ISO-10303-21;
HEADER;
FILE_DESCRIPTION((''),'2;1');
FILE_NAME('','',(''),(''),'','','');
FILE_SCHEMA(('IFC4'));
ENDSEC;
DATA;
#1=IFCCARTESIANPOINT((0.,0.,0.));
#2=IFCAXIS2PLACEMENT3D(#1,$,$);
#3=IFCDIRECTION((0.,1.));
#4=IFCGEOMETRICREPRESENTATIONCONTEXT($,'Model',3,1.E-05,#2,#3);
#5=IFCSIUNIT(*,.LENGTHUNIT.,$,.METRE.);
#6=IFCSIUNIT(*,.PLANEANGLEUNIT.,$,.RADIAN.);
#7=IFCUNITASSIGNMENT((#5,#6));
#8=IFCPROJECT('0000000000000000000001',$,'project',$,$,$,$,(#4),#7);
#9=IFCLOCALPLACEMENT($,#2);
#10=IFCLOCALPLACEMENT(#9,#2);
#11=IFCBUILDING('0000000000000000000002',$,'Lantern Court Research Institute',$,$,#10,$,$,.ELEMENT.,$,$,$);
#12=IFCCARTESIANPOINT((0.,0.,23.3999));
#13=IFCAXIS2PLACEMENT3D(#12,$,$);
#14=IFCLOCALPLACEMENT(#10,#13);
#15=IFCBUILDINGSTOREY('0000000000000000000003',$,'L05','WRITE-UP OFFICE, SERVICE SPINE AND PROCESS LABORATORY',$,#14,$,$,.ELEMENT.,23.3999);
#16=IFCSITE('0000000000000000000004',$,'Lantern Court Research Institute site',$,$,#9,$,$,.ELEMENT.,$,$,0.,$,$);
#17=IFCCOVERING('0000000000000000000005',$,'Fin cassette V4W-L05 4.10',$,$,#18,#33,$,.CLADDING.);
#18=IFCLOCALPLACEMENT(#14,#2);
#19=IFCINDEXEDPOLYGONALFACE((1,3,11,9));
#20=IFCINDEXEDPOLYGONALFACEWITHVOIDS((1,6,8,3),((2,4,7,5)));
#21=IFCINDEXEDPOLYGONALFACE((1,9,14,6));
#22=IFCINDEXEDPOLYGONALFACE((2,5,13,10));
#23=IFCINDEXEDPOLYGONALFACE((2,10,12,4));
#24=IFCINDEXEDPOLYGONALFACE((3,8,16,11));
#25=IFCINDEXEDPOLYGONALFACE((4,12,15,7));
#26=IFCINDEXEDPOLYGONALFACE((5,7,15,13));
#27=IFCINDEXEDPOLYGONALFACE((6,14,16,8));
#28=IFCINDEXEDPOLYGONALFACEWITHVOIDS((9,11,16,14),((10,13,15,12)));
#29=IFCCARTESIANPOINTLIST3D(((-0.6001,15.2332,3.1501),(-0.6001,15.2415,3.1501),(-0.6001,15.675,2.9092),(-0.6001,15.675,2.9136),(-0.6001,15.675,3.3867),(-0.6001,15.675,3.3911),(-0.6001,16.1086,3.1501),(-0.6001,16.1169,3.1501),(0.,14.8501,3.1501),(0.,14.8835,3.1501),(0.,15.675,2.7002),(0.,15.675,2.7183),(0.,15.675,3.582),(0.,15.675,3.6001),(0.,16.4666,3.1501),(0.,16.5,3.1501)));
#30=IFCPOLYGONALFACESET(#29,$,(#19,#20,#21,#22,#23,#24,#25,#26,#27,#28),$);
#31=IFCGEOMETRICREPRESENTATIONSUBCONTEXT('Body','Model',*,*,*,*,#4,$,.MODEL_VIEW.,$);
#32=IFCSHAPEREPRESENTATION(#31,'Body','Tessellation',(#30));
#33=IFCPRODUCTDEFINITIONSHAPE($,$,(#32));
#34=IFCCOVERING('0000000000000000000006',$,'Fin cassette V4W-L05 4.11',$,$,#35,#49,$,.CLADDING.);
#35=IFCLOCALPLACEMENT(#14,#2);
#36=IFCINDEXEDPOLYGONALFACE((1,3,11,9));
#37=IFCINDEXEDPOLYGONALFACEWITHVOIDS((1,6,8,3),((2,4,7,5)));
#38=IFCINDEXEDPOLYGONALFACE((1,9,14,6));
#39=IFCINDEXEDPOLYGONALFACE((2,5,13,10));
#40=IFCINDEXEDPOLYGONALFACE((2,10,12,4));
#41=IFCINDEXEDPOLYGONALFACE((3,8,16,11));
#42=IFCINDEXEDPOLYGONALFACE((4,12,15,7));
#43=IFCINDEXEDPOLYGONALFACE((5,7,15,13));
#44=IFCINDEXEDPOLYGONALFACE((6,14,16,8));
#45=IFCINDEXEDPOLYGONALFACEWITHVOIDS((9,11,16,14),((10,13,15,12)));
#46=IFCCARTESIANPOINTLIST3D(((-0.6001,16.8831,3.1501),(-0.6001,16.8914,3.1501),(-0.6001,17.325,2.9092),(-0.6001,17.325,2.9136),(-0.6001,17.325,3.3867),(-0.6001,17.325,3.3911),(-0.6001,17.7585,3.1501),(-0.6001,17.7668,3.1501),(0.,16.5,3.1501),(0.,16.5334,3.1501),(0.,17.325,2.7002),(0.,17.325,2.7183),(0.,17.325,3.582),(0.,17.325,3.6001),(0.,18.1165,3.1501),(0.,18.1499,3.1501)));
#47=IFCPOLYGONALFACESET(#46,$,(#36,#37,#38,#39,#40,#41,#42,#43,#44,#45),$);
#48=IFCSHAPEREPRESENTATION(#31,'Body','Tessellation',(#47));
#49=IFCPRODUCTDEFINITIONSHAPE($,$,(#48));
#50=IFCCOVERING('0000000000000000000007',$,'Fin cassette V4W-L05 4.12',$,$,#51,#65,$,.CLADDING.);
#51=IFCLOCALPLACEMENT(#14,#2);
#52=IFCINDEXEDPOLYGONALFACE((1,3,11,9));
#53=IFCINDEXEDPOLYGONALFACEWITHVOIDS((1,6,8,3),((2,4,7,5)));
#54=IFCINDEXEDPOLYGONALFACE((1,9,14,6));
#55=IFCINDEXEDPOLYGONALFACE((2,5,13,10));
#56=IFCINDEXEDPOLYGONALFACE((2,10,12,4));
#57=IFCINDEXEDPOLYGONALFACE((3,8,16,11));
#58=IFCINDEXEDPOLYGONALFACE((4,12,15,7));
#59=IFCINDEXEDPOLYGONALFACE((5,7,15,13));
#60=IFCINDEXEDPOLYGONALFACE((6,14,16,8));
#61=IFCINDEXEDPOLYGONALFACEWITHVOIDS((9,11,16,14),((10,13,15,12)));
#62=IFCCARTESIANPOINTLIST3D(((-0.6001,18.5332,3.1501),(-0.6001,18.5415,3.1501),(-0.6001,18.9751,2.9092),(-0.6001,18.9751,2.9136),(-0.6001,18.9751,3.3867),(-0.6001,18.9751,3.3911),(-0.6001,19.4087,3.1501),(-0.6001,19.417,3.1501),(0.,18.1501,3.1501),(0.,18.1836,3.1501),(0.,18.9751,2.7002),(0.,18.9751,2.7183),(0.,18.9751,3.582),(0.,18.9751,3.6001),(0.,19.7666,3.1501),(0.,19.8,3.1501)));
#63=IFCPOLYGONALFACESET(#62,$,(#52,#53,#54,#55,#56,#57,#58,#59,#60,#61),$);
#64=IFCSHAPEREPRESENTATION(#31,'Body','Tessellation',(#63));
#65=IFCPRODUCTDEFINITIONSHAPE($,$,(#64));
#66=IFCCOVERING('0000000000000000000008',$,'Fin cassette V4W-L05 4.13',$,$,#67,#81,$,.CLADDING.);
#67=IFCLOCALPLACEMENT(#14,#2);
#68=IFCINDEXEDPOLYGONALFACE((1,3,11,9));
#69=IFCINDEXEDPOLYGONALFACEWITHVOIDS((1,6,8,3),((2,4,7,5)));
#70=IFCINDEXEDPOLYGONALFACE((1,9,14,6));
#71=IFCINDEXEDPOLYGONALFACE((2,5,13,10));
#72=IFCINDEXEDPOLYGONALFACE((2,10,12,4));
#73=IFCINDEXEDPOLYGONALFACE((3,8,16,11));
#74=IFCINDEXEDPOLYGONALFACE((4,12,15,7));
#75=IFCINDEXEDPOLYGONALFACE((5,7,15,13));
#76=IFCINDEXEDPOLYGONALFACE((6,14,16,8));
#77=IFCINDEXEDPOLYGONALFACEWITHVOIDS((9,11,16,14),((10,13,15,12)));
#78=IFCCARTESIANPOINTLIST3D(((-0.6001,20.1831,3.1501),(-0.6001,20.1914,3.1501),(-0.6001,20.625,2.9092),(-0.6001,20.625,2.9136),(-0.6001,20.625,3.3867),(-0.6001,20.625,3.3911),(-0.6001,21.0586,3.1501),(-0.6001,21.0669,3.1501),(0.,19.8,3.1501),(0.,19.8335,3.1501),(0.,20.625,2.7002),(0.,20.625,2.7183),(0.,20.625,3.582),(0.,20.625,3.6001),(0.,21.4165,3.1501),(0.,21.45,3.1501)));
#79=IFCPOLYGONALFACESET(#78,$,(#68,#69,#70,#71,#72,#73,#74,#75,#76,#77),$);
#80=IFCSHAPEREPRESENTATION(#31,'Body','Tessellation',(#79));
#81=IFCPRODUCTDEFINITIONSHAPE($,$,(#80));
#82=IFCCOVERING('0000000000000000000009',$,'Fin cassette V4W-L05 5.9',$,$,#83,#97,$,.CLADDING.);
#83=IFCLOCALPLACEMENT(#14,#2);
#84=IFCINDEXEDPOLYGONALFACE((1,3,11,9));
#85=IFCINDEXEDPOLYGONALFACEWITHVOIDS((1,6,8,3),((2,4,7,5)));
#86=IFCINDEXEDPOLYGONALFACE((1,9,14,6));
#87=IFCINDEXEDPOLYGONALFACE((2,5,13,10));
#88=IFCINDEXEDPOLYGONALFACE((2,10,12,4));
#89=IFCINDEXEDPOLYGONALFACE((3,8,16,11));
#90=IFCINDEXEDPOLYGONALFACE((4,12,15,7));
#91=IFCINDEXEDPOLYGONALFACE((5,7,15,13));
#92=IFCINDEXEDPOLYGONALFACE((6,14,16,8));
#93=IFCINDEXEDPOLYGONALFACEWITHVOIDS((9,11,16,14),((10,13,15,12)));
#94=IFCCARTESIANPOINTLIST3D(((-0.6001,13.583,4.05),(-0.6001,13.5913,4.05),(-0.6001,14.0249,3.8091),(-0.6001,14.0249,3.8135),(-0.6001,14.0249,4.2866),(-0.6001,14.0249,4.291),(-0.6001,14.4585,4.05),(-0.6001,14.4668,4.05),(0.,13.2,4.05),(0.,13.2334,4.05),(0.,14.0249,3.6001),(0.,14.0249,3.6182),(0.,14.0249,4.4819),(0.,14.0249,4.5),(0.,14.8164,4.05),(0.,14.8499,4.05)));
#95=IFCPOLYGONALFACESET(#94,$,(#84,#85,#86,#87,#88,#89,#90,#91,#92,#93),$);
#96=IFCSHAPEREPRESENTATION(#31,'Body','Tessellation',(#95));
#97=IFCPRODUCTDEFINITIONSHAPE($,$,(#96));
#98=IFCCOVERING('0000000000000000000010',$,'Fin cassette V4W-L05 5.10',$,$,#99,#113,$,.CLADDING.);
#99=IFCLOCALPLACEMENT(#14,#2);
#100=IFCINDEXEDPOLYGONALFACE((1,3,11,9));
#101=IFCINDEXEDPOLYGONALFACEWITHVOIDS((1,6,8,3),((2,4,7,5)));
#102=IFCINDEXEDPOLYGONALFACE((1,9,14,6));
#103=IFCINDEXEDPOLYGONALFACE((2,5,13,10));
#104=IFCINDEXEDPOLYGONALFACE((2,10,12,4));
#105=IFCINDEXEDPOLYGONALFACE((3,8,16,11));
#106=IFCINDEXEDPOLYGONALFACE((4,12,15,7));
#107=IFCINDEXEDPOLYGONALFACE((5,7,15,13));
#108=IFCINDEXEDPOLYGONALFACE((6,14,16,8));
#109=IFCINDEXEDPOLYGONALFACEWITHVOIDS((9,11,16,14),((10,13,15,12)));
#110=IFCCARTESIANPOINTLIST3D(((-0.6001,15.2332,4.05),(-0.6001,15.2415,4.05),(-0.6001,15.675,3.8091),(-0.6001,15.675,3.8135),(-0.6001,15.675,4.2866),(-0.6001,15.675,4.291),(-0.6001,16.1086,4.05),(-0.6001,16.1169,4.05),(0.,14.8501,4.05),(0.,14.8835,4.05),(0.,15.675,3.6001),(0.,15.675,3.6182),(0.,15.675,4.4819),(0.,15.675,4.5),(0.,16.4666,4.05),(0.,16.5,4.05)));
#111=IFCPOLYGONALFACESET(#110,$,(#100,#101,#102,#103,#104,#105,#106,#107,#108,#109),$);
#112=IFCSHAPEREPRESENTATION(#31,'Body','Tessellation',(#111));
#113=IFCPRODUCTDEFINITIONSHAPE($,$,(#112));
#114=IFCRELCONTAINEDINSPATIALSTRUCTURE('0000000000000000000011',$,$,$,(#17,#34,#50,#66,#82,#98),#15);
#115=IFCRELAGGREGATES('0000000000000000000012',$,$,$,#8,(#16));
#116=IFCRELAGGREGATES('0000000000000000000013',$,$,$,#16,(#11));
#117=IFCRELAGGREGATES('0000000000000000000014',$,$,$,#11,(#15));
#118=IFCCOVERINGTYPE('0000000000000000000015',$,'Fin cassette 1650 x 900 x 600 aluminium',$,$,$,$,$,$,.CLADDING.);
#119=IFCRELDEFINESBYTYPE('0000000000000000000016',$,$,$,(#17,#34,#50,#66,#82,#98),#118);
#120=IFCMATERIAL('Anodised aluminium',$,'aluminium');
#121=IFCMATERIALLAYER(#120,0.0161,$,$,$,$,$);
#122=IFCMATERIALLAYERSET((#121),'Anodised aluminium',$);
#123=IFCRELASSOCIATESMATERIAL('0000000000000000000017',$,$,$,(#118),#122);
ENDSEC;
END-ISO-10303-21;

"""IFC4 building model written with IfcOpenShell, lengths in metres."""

from ifc_helpers import new_model, entity, si_unit, direction, frame, origin, place, context, subcontext, project, spatial, material, layer, layer_set, type_object, element, save


model = new_model("IFC4")

# Units and contexts
model_context = context("Model", 3, precision=1e-05, world=origin(), true_north=direction((0.0, 1.0)))
body_context = subcontext(model_context, "Body", "Model", "MODEL_VIEW")
ifc_project = project(units=[si_unit("LENGTHUNIT", "METRE"), si_unit("PLANEANGLEUNIT", "RADIAN")], contexts=[model_context])

# Site, building, storey
site_placement = place(None, origin())
site = spatial("IfcSite", under=ifc_project, at=site_placement, Name="Lantern Court Research Institute site", CompositionType="ELEMENT", RefElevation=0.0)
building_placement = place(site_placement, origin())
building = spatial("IfcBuilding", under=site, at=building_placement, Name="Lantern Court Research Institute", CompositionType="ELEMENT")
storey_placement = place(building_placement, frame((0.0, 0.0, 23.3999)))
storey = spatial("IfcBuildingStorey", under=building, at=storey_placement, Name="L05", Description="WRITE-UP OFFICE, SERVICE SPINE AND PROCESS LABORATORY", CompositionType="ELEMENT", Elevation=23.3999)

# Coverings
ifc_material_1 = material(Name="Anodised aluminium", Category="aluminium")
ifc_layer_1 = layer(ifc_material_1, 0.0161)
ifc_layer_set_1 = layer_set([ifc_layer_1], Name="Anodised aluminium")
covering_type = type_object("IfcCoveringType", Name="Fin cassette 1650 x 900 x 600 aluminium", PredefinedType="CLADDING", material=ifc_layer_set_1)
covering_1_placement = place(storey_placement, frame((0.0, 15.675, 3.1501), z_axis=(-1.0, 0.0, 0.0), x_axis=(0.0, -1.0, 0.0)))
cartesian_point_1 = entity("IfcCartesianPoint", [0.825, 0.0])
cartesian_point_2 = entity("IfcCartesianPoint", [0.7915, 0.0])
cartesian_point_3 = entity("IfcCartesianPoint", [0.4419, 0.0])
cartesian_point_4 = entity("IfcCartesianPoint", [0.4336, 0.0])
element("IfcCovering", 1, at=covering_1_placement, inside=storey, type_object=covering_type, Name="Fin cassette V4W-L05 4.10", PredefinedType="CLADDING", context=body_context, shape_type="SweptSolid", body=[
    entity("IfcExtrudedAreaSolidTapered", entity("IfcArbitraryProfileDefWithVoids", "AREA", None, entity("IfcPolyline", [cartesian_point_1, entity("IfcCartesianPoint", [0.0, 0.45]), entity("IfcCartesianPoint", [-0.825, 0.0]), entity("IfcCartesianPoint", [0.0, -0.45]), cartesian_point_1]), [entity("IfcPolyline", [cartesian_point_2, entity("IfcCartesianPoint", [0.0, 0.4319]), entity("IfcCartesianPoint", [-0.7915, 0.0]), entity("IfcCartesianPoint", [0.0, -0.4319]), cartesian_point_2])]), entity("IfcAxis2Placement3D", entity("IfcCartesianPoint", [0.0, 0.0, 0.0])), entity("IfcDirection", [0.0, 0.0, 1.0]), 0.6001, entity("IfcArbitraryProfileDefWithVoids", "AREA", None, entity("IfcPolyline", [cartesian_point_3, entity("IfcCartesianPoint", [0.0, 0.241]), entity("IfcCartesianPoint", [-0.4419, 0.0]), entity("IfcCartesianPoint", [0.0, -0.241]), cartesian_point_3]), [entity("IfcPolyline", [cartesian_point_4, entity("IfcCartesianPoint", [0.0, 0.2366]), entity("IfcCartesianPoint", [-0.4336, 0.0]), entity("IfcCartesianPoint", [0.0, -0.2366]), cartesian_point_4])])),
])
covering_2_placement = place(storey_placement, frame((0.0, 17.325, 3.1501), z_axis=(-1.0, 0.0, 0.0), x_axis=(0.0, -1.0, 0.0)))
cartesian_point_5 = entity("IfcCartesianPoint", [0.825, 0.0])
cartesian_point_6 = entity("IfcCartesianPoint", [0.7915, 0.0])
cartesian_point_7 = entity("IfcCartesianPoint", [0.4419, 0.0])
cartesian_point_8 = entity("IfcCartesianPoint", [0.4336, 0.0])
element("IfcCovering", 2, at=covering_2_placement, inside=storey, type_object=covering_type, Name="Fin cassette V4W-L05 4.11", PredefinedType="CLADDING", context=body_context, shape_type="SweptSolid", body=[
    entity("IfcExtrudedAreaSolidTapered", entity("IfcArbitraryProfileDefWithVoids", "AREA", None, entity("IfcPolyline", [cartesian_point_5, entity("IfcCartesianPoint", [0.0, 0.45]), entity("IfcCartesianPoint", [-0.825, 0.0]), entity("IfcCartesianPoint", [0.0, -0.45]), cartesian_point_5]), [entity("IfcPolyline", [cartesian_point_6, entity("IfcCartesianPoint", [0.0, 0.4319]), entity("IfcCartesianPoint", [-0.7915, 0.0]), entity("IfcCartesianPoint", [0.0, -0.4319]), cartesian_point_6])]), entity("IfcAxis2Placement3D", entity("IfcCartesianPoint", [0.0, 0.0, 0.0])), entity("IfcDirection", [0.0, 0.0, 1.0]), 0.6001, entity("IfcArbitraryProfileDefWithVoids", "AREA", None, entity("IfcPolyline", [cartesian_point_7, entity("IfcCartesianPoint", [0.0, 0.241]), entity("IfcCartesianPoint", [-0.4419, 0.0]), entity("IfcCartesianPoint", [0.0, -0.241]), cartesian_point_7]), [entity("IfcPolyline", [cartesian_point_8, entity("IfcCartesianPoint", [0.0, 0.2366]), entity("IfcCartesianPoint", [-0.4336, 0.0]), entity("IfcCartesianPoint", [0.0, -0.2366]), cartesian_point_8])])),
])
covering_3_placement = place(storey_placement, frame((0.0, 18.9751, 3.1501), z_axis=(-1.0, 0.0, 0.0), x_axis=(0.0, -1.0, 0.0)))
cartesian_point_9 = entity("IfcCartesianPoint", [0.825, 0.0])
cartesian_point_10 = entity("IfcCartesianPoint", [0.7915, 0.0])
cartesian_point_11 = entity("IfcCartesianPoint", [0.4419, 0.0])
cartesian_point_12 = entity("IfcCartesianPoint", [0.4336, 0.0])
element("IfcCovering", 3, at=covering_3_placement, inside=storey, type_object=covering_type, Name="Fin cassette V4W-L05 4.12", PredefinedType="CLADDING", context=body_context, shape_type="SweptSolid", body=[
    entity("IfcExtrudedAreaSolidTapered", entity("IfcArbitraryProfileDefWithVoids", "AREA", None, entity("IfcPolyline", [cartesian_point_9, entity("IfcCartesianPoint", [0.0, 0.45]), entity("IfcCartesianPoint", [-0.825, 0.0]), entity("IfcCartesianPoint", [0.0, -0.45]), cartesian_point_9]), [entity("IfcPolyline", [cartesian_point_10, entity("IfcCartesianPoint", [0.0, 0.4319]), entity("IfcCartesianPoint", [-0.7915, 0.0]), entity("IfcCartesianPoint", [0.0, -0.4319]), cartesian_point_10])]), entity("IfcAxis2Placement3D", entity("IfcCartesianPoint", [0.0, 0.0, 0.0])), entity("IfcDirection", [0.0, 0.0, 1.0]), 0.6001, entity("IfcArbitraryProfileDefWithVoids", "AREA", None, entity("IfcPolyline", [cartesian_point_11, entity("IfcCartesianPoint", [0.0, 0.241]), entity("IfcCartesianPoint", [-0.4419, 0.0]), entity("IfcCartesianPoint", [0.0, -0.241]), cartesian_point_11]), [entity("IfcPolyline", [cartesian_point_12, entity("IfcCartesianPoint", [0.0, 0.2366]), entity("IfcCartesianPoint", [-0.4336, 0.0]), entity("IfcCartesianPoint", [0.0, -0.2366]), cartesian_point_12])])),
])
covering_4_placement = place(storey_placement, frame((0.0, 20.625, 3.1501), z_axis=(-1.0, 0.0, 0.0), x_axis=(0.0, -1.0, 0.0)))
cartesian_point_13 = entity("IfcCartesianPoint", [0.825, 0.0])
cartesian_point_14 = entity("IfcCartesianPoint", [0.7915, 0.0])
cartesian_point_15 = entity("IfcCartesianPoint", [0.4419, 0.0])
cartesian_point_16 = entity("IfcCartesianPoint", [0.4336, 0.0])
element("IfcCovering", 4, at=covering_4_placement, inside=storey, type_object=covering_type, Name="Fin cassette V4W-L05 4.13", PredefinedType="CLADDING", context=body_context, shape_type="SweptSolid", body=[
    entity("IfcExtrudedAreaSolidTapered", entity("IfcArbitraryProfileDefWithVoids", "AREA", None, entity("IfcPolyline", [cartesian_point_13, entity("IfcCartesianPoint", [0.0, 0.45]), entity("IfcCartesianPoint", [-0.825, 0.0]), entity("IfcCartesianPoint", [0.0, -0.45]), cartesian_point_13]), [entity("IfcPolyline", [cartesian_point_14, entity("IfcCartesianPoint", [0.0, 0.4319]), entity("IfcCartesianPoint", [-0.7915, 0.0]), entity("IfcCartesianPoint", [0.0, -0.4319]), cartesian_point_14])]), entity("IfcAxis2Placement3D", entity("IfcCartesianPoint", [0.0, 0.0, 0.0])), entity("IfcDirection", [0.0, 0.0, 1.0]), 0.6001, entity("IfcArbitraryProfileDefWithVoids", "AREA", None, entity("IfcPolyline", [cartesian_point_15, entity("IfcCartesianPoint", [0.0, 0.241]), entity("IfcCartesianPoint", [-0.4419, 0.0]), entity("IfcCartesianPoint", [0.0, -0.241]), cartesian_point_15]), [entity("IfcPolyline", [cartesian_point_16, entity("IfcCartesianPoint", [0.0, 0.2366]), entity("IfcCartesianPoint", [-0.4336, 0.0]), entity("IfcCartesianPoint", [0.0, -0.2366]), cartesian_point_16])])),
])
covering_5_placement = place(storey_placement, frame((0.0, 14.0249, 4.05), z_axis=(-1.0, 0.0, 0.0), x_axis=(0.0, -1.0, 0.0)))
cartesian_point_17 = entity("IfcCartesianPoint", [0.825, 0.0])
cartesian_point_18 = entity("IfcCartesianPoint", [0.7915, 0.0])
cartesian_point_19 = entity("IfcCartesianPoint", [0.4419, 0.0])
cartesian_point_20 = entity("IfcCartesianPoint", [0.4336, 0.0])
element("IfcCovering", 5, at=covering_5_placement, inside=storey, type_object=covering_type, Name="Fin cassette V4W-L05 5.9", PredefinedType="CLADDING", context=body_context, shape_type="SweptSolid", body=[
    entity("IfcExtrudedAreaSolidTapered", entity("IfcArbitraryProfileDefWithVoids", "AREA", None, entity("IfcPolyline", [cartesian_point_17, entity("IfcCartesianPoint", [0.0, 0.45]), entity("IfcCartesianPoint", [-0.825, 0.0]), entity("IfcCartesianPoint", [0.0, -0.45]), cartesian_point_17]), [entity("IfcPolyline", [cartesian_point_18, entity("IfcCartesianPoint", [0.0, 0.4319]), entity("IfcCartesianPoint", [-0.7915, 0.0]), entity("IfcCartesianPoint", [0.0, -0.4319]), cartesian_point_18])]), entity("IfcAxis2Placement3D", entity("IfcCartesianPoint", [0.0, 0.0, 0.0])), entity("IfcDirection", [0.0, 0.0, 1.0]), 0.6001, entity("IfcArbitraryProfileDefWithVoids", "AREA", None, entity("IfcPolyline", [cartesian_point_19, entity("IfcCartesianPoint", [0.0, 0.241]), entity("IfcCartesianPoint", [-0.4419, 0.0]), entity("IfcCartesianPoint", [0.0, -0.241]), cartesian_point_19]), [entity("IfcPolyline", [cartesian_point_20, entity("IfcCartesianPoint", [0.0, 0.2366]), entity("IfcCartesianPoint", [-0.4336, 0.0]), entity("IfcCartesianPoint", [0.0, -0.2366]), cartesian_point_20])])),
])
covering_6_placement = place(storey_placement, frame((0.0, 15.675, 4.05), z_axis=(-1.0, 0.0, 0.0), x_axis=(0.0, -1.0, 0.0)))
cartesian_point_21 = entity("IfcCartesianPoint", [0.825, 0.0])
cartesian_point_22 = entity("IfcCartesianPoint", [0.7915, 0.0])
cartesian_point_23 = entity("IfcCartesianPoint", [0.4419, 0.0])
cartesian_point_24 = entity("IfcCartesianPoint", [0.4336, 0.0])
element("IfcCovering", 6, at=covering_6_placement, inside=storey, type_object=covering_type, Name="Fin cassette V4W-L05 5.10", PredefinedType="CLADDING", context=body_context, shape_type="SweptSolid", body=[
    entity("IfcExtrudedAreaSolidTapered", entity("IfcArbitraryProfileDefWithVoids", "AREA", None, entity("IfcPolyline", [cartesian_point_21, entity("IfcCartesianPoint", [0.0, 0.45]), entity("IfcCartesianPoint", [-0.825, 0.0]), entity("IfcCartesianPoint", [0.0, -0.45]), cartesian_point_21]), [entity("IfcPolyline", [cartesian_point_22, entity("IfcCartesianPoint", [0.0, 0.4319]), entity("IfcCartesianPoint", [-0.7915, 0.0]), entity("IfcCartesianPoint", [0.0, -0.4319]), cartesian_point_22])]), entity("IfcAxis2Placement3D", entity("IfcCartesianPoint", [0.0, 0.0, 0.0])), entity("IfcDirection", [0.0, 0.0, 1.0]), 0.6001, entity("IfcArbitraryProfileDefWithVoids", "AREA", None, entity("IfcPolyline", [cartesian_point_23, entity("IfcCartesianPoint", [0.0, 0.241]), entity("IfcCartesianPoint", [-0.4419, 0.0]), entity("IfcCartesianPoint", [0.0, -0.241]), cartesian_point_23]), [entity("IfcPolyline", [cartesian_point_24, entity("IfcCartesianPoint", [0.0, 0.2366]), entity("IfcCartesianPoint", [-0.4336, 0.0]), entity("IfcCartesianPoint", [0.0, -0.2366]), cartesian_point_24])])),
])

save(model, "model.ifc")
